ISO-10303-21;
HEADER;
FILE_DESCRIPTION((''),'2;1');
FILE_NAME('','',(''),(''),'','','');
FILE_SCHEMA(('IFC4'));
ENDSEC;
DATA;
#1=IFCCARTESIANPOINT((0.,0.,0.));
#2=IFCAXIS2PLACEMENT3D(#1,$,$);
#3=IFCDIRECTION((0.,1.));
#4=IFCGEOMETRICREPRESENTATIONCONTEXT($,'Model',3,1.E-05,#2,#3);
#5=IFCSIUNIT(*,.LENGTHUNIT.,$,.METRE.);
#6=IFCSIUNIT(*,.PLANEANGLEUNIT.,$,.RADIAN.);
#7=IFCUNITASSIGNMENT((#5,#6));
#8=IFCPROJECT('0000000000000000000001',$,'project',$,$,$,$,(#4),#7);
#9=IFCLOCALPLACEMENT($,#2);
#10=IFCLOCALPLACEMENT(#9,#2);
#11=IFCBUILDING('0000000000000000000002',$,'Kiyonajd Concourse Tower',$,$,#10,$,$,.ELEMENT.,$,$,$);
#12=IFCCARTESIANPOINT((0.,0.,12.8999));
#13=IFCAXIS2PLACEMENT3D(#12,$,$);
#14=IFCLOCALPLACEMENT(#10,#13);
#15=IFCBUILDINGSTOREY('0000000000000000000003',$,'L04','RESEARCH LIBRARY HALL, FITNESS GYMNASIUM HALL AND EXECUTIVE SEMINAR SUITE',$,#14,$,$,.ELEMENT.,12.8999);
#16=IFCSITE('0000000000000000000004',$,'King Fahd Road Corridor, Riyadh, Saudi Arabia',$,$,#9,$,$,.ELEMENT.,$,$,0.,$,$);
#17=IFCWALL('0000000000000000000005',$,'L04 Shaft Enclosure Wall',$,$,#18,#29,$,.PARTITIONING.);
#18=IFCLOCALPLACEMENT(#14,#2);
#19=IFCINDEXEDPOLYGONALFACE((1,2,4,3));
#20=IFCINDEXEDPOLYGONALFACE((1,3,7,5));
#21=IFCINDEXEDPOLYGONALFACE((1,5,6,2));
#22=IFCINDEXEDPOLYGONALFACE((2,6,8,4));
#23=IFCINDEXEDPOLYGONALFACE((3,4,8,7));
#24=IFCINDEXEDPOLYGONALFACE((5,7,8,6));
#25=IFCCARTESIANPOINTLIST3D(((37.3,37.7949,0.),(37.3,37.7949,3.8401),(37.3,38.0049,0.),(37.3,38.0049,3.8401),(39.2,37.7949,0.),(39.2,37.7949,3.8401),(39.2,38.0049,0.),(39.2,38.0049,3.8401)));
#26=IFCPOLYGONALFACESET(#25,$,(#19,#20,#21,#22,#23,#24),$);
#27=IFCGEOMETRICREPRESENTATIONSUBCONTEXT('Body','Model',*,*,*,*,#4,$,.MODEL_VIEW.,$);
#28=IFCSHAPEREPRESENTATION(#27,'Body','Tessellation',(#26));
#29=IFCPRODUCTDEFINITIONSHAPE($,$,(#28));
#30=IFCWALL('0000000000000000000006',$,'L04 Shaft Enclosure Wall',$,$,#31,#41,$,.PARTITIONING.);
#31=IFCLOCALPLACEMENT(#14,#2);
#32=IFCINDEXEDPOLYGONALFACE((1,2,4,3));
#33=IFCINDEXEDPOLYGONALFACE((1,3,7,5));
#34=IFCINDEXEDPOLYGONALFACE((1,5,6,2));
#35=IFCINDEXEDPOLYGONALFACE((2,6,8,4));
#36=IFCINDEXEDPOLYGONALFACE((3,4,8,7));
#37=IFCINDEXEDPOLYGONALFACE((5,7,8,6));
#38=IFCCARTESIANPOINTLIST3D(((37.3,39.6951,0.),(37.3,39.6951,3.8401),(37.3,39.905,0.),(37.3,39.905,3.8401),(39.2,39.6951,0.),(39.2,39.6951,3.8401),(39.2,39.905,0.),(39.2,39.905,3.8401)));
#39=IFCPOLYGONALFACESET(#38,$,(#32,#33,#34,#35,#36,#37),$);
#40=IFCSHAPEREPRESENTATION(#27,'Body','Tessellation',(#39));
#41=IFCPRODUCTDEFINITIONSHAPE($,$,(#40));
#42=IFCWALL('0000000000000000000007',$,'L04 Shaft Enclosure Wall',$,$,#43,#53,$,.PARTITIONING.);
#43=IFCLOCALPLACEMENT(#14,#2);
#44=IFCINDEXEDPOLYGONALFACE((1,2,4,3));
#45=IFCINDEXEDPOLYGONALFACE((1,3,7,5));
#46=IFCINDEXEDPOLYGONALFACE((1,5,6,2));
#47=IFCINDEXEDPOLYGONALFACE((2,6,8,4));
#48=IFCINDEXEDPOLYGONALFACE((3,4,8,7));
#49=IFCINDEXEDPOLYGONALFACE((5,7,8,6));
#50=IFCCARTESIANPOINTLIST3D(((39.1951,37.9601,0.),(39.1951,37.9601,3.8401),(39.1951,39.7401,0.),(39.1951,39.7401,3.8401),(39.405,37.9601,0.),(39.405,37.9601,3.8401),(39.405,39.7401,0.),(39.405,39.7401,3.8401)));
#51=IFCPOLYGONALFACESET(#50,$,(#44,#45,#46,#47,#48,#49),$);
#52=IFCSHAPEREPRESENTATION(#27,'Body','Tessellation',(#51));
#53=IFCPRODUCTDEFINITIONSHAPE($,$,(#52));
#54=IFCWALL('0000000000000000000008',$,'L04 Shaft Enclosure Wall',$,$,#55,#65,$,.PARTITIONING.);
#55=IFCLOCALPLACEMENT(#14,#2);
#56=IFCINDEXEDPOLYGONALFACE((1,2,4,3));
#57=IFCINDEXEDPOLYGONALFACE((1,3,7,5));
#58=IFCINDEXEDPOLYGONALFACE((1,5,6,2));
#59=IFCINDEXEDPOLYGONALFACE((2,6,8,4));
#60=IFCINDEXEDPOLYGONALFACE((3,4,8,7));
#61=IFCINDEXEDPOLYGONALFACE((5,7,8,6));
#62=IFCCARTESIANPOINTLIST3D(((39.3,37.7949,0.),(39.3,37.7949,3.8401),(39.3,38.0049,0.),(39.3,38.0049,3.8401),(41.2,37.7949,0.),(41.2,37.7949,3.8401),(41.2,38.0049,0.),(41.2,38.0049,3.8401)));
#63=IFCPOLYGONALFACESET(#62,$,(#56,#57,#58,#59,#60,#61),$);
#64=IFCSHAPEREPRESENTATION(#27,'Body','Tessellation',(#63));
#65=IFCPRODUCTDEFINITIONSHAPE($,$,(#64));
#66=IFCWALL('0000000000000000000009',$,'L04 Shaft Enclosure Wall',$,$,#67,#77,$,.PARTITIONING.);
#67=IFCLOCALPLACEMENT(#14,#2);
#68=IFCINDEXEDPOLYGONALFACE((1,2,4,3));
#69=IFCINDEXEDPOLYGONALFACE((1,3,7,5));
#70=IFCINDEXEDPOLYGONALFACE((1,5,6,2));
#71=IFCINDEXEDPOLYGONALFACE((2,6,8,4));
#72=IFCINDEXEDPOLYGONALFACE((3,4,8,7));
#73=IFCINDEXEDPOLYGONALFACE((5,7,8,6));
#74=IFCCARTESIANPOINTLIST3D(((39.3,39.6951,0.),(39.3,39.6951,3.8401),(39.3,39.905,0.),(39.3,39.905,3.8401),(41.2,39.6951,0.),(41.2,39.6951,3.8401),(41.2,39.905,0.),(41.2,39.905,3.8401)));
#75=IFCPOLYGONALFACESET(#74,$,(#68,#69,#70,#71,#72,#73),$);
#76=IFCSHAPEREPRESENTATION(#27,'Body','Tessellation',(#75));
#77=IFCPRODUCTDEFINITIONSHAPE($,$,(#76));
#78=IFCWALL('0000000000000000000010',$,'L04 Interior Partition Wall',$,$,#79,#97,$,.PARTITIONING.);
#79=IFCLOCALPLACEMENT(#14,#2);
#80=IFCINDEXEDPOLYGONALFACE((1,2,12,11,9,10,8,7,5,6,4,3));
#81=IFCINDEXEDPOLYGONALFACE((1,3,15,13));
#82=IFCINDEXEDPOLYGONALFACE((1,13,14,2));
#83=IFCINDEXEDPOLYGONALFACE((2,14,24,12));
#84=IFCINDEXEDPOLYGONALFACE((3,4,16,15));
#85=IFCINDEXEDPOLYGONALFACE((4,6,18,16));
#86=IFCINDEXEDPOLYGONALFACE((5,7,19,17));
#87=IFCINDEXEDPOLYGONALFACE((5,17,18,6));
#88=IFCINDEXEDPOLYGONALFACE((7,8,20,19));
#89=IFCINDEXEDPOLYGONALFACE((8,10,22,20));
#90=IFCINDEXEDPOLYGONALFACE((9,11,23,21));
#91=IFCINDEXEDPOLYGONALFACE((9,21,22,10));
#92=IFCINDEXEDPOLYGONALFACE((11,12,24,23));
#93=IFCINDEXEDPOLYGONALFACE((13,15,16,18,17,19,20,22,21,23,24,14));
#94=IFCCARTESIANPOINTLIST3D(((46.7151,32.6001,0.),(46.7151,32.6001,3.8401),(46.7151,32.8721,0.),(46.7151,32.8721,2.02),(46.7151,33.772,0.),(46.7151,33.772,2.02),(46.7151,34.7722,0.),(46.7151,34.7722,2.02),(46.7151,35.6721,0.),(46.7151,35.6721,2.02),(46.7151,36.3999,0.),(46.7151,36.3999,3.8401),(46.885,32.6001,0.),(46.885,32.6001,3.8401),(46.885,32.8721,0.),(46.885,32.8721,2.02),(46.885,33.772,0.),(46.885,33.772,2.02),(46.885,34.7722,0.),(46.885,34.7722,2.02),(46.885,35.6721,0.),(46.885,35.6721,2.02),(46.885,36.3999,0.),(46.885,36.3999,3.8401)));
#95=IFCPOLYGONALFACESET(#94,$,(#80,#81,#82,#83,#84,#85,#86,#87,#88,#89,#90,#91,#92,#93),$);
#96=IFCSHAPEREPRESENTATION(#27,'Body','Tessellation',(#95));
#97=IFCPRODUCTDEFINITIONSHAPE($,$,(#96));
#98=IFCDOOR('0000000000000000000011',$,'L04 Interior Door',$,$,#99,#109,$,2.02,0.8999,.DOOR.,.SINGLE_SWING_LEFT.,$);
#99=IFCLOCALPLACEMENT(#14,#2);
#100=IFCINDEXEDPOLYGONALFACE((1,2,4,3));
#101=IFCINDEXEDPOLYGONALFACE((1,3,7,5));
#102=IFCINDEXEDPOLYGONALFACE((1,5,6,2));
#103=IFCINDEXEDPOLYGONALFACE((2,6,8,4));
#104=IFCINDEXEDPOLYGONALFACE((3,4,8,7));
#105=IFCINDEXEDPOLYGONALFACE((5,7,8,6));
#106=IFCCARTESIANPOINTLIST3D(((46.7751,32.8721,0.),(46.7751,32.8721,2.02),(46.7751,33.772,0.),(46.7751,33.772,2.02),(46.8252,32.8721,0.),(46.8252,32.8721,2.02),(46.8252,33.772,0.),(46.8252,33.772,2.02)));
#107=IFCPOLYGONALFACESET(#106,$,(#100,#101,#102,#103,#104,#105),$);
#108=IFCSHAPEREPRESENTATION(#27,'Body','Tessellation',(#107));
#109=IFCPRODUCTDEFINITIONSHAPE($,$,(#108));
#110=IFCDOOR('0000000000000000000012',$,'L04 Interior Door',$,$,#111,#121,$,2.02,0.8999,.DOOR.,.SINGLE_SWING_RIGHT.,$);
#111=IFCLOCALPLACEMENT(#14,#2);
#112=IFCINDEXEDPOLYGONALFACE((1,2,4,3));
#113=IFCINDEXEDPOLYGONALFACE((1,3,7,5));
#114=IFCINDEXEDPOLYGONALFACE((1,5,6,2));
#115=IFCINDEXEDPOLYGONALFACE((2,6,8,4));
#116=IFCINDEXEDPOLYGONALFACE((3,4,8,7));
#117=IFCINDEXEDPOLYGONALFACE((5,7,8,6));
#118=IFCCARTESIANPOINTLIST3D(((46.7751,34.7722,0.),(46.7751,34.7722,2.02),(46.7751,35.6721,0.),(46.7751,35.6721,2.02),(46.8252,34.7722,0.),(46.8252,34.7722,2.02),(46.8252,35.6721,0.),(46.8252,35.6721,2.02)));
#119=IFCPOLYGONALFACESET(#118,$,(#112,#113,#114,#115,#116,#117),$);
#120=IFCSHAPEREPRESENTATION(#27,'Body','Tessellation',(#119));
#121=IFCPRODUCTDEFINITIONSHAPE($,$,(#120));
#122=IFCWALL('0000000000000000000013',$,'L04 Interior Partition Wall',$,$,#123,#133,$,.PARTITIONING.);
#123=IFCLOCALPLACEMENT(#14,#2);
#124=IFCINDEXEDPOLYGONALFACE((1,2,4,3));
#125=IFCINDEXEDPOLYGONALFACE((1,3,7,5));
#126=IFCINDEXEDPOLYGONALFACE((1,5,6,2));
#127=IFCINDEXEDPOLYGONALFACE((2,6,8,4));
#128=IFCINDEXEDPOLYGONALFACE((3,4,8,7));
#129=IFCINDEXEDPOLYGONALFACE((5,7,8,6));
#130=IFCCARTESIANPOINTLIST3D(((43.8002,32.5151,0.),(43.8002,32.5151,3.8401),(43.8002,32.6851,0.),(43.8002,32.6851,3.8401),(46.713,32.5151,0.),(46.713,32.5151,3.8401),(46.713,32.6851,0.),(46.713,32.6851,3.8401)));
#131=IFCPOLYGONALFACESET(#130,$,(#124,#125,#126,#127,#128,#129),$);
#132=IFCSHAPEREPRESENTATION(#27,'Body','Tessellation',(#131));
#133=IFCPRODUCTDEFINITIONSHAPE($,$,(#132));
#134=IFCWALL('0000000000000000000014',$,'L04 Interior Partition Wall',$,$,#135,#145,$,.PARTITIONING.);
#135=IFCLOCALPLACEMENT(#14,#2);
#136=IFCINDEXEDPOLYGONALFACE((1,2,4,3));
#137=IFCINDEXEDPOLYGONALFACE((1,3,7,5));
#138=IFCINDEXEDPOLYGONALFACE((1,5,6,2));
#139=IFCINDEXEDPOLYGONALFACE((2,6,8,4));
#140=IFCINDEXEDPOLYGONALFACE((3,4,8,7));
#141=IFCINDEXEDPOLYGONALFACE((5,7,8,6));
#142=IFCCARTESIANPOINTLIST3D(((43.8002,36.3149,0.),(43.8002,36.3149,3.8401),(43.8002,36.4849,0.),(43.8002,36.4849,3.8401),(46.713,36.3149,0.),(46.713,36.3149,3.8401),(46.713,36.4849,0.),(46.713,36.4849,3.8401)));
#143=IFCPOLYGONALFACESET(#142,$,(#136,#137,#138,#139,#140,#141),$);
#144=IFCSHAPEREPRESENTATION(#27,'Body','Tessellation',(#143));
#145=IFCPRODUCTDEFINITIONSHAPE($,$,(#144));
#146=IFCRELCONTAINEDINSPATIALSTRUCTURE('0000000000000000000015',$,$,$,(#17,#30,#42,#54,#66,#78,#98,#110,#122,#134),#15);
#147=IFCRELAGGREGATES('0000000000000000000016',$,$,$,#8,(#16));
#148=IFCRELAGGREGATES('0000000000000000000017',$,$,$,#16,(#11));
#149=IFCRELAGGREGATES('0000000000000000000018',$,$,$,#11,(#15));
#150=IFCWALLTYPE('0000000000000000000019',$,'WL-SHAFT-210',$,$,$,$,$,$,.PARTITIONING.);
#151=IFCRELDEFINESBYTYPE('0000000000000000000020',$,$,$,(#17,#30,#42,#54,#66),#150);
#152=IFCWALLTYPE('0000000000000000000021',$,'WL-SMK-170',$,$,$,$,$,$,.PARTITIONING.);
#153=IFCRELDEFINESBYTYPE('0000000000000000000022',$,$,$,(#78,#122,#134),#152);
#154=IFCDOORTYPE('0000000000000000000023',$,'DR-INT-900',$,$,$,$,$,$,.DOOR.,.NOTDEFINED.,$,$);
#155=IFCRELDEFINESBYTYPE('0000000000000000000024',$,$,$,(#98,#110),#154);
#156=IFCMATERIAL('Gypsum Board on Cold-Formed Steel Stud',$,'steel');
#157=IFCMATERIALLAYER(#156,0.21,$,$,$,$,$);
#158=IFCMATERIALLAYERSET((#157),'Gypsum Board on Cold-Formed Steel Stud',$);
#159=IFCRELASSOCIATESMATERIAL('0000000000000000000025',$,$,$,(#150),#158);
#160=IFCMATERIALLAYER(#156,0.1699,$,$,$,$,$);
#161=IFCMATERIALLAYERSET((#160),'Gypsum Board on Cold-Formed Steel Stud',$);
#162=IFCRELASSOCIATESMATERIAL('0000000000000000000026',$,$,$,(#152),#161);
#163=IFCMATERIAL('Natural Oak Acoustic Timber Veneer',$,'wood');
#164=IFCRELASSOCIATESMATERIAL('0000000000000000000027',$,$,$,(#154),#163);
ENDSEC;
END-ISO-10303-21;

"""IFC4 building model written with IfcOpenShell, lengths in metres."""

from ifc_helpers import new_model, si_unit, direction, frame, frame_2d, origin, place, context, subcontext, project, spatial, rectangle, extrude, material, layer, layer_set, type_object, element, fill, save


model = new_model("IFC4")

# Units and contexts
model_context = context("Model", 3, precision=1e-05, world=origin(), true_north=direction((0.0, 1.0)))
body_context = subcontext(model_context, "Body", "Model", "MODEL_VIEW")
ifc_project = project(units=[si_unit("LENGTHUNIT", "METRE"), si_unit("PLANEANGLEUNIT", "RADIAN")], contexts=[model_context])

# Site, building, storey
site_placement = place(None, origin())
site = spatial("IfcSite", under=ifc_project, at=site_placement, Name="King Fahd Road Corridor, Riyadh, Saudi Arabia", CompositionType="ELEMENT", RefElevation=0.0)
building_placement = place(site_placement, origin())
building = spatial("IfcBuilding", under=site, at=building_placement, Name="Kiyonajd Concourse Tower", CompositionType="ELEMENT")
storey_placement = place(building_placement, frame((0.0, 0.0, 12.8999)))
storey = spatial("IfcBuildingStorey", under=building, at=storey_placement, Name="L04", Description="RESEARCH LIBRARY HALL, FITNESS GYMNASIUM HALL AND EXECUTIVE SEMINAR SUITE", CompositionType="ELEMENT", Elevation=12.8999)

# Shared definitions
ifc_material_1 = material(Name="Gypsum Board on Cold-Formed Steel Stud", Category="steel")

# Shared definitions
ifc_layer_1 = layer(ifc_material_1, 0.21)
ifc_layer_set_1 = layer_set([ifc_layer_1], Name="Gypsum Board on Cold-Formed Steel Stud")
wall_type_1 = type_object("IfcWallType", Name="WL-SHAFT-210", PredefinedType="PARTITIONING", material=ifc_layer_set_1)

# Walls
for number, where, z_axis, x_axis, name in (
    (1, (37.3, 37.8999, 0.0), (0.0, 0.0, 1.0), (1.0, 0.0, 0.0), "L04 Shaft Enclosure Wall"),
    (2, (37.3, 39.8, 0.0), (0.0, 0.0, 1.0), (1.0, 0.0, 0.0), "L04 Shaft Enclosure Wall"),
):
    element("IfcWall", number, at=place(storey_placement, frame(where, z_axis=z_axis, x_axis=x_axis)), inside=storey, type_object=wall_type_1, Name=name, PredefinedType="PARTITIONING", context=body_context, shape_type="SweptSolid", body=[
        extrude(rectangle(XDim=1.8999, YDim=0.21, at=frame_2d((0.95, 0.0))), origin(), (0.0, 0.0, 1.0), 3.8401),
    ])
wall_1_placement = place(storey_placement, frame((39.3, 37.96, 0.0), z_axis=(0.0, 0.0, 1.0), x_axis=(0.0, 1.0, 0.0)))
element("IfcWall", 3, at=wall_1_placement, inside=storey, type_object=wall_type_1, Name="L04 Shaft Enclosure Wall", PredefinedType="PARTITIONING", context=body_context, shape_type="SweptSolid", body=[
    extrude(rectangle(XDim=1.78, YDim=0.21, at=frame_2d((0.8901, 0.0))), origin(), (0.0, 0.0, 1.0), 3.8401),
])
for number, where, z_axis, x_axis, name in (
    (4, (39.3, 37.8999, 0.0), (0.0, 0.0, 1.0), (1.0, 0.0, 0.0), "L04 Shaft Enclosure Wall"),
    (5, (39.3, 39.8, 0.0), (0.0, 0.0, 1.0), (1.0, 0.0, 0.0), "L04 Shaft Enclosure Wall"),
):
    element("IfcWall", number, at=place(storey_placement, frame(where, z_axis=z_axis, x_axis=x_axis)), inside=storey, type_object=wall_type_1, Name=name, PredefinedType="PARTITIONING", context=body_context, shape_type="SweptSolid", body=[
        extrude(rectangle(XDim=1.8999, YDim=0.21, at=frame_2d((0.95, 0.0))), origin(), (0.0, 0.0, 1.0), 3.8401),
    ])

# Wall, openings, doors
ifc_layer_2 = layer(ifc_material_1, 0.1699)
ifc_layer_set_2 = layer_set([ifc_layer_2], Name="Gypsum Board on Cold-Formed Steel Stud")
wall_type_2 = type_object("IfcWallType", Name="WL-SMK-170", PredefinedType="PARTITIONING", material=ifc_layer_set_2)
wall_2_placement = place(storey_placement, frame((46.8, 32.6001, 0.0), z_axis=(0.0, 0.0, 1.0), x_axis=(0.0, 1.0, 0.0)))
wall_2 = element("IfcWall", 6, at=wall_2_placement, inside=storey, type_object=wall_type_2, Name="L04 Interior Partition Wall", PredefinedType="PARTITIONING", context=body_context, shape_type="SweptSolid", body=[
    extrude(rectangle(XDim=3.7998, YDim=0.1699, at=frame_2d((1.8999, 0.0))), origin(), (0.0, 0.0, 1.0), 3.8401),
])
opening_1_placement = place(wall_2_placement, frame((0.272, 0.0, 0.0)))
opening_1 = element("IfcOpeningElement", 7, at=opening_1_placement, cuts=wall_2, PredefinedType="OPENING", context=body_context, shape_type="SweptSolid", body=[
    extrude(rectangle(XDim=0.8999, YDim=2.02, at=frame_2d((0.45, 1.01))), frame((0.0, 0.095, 0.0), z_axis=(0.0, -1.0, 0.0), x_axis=(1.0, 0.0, 0.0)), (0.0, 0.0, 1.0), 0.1899),
])
opening_2_placement = place(wall_2_placement, frame((2.1721, 0.0, 0.0)))
opening_2 = element("IfcOpeningElement", 8, at=opening_2_placement, cuts=wall_2, PredefinedType="OPENING", context=body_context, shape_type="SweptSolid", body=[
    extrude(rectangle(XDim=0.8999, YDim=2.02, at=frame_2d((0.45, 1.01))), frame((0.0, 0.095, 0.0), z_axis=(0.0, -1.0, 0.0), x_axis=(1.0, 0.0, 0.0)), (0.0, 0.0, 1.0), 0.1899),
])
ifc_material_2 = material(Name="Natural Oak Acoustic Timber Veneer", Category="wood")
door_type_1 = type_object("IfcDoorType", Name="DR-INT-900", OperationType="NOTDEFINED", PredefinedType="DOOR", material=ifc_material_2)
door_1_placement = place(opening_1_placement, origin())
door_1 = element("IfcDoor", 9, at=door_1_placement, inside=storey, type_object=door_type_1, Name="L04 Interior Door", OperationType="SINGLE_SWING_LEFT", OverallHeight=2.02, OverallWidth=0.8999, PredefinedType="DOOR", context=body_context, shape_type="SweptSolid", body=[
    extrude(rectangle(XDim=0.8999, YDim=2.02, at=frame_2d((0.45, 1.01))), frame((0.0, 0.0249, 0.0), z_axis=(0.0, -1.0, 0.0), x_axis=(1.0, 0.0, 0.0)), (0.0, 0.0, 1.0), 0.05),
])
fill(opening_1, door_1)
door_2_placement = place(opening_2_placement, origin())
door_2 = element("IfcDoor", 10, at=door_2_placement, inside=storey, type_object=door_type_1, Name="L04 Interior Door", OperationType="SINGLE_SWING_RIGHT", OverallHeight=2.02, OverallWidth=0.8999, PredefinedType="DOOR", context=body_context, shape_type="SweptSolid", body=[
    extrude(rectangle(XDim=0.8999, YDim=2.02, at=frame_2d((0.45, 1.01))), frame((0.0, 0.0249, 0.0), z_axis=(0.0, -1.0, 0.0), x_axis=(1.0, 0.0, 0.0)), (0.0, 0.0, 1.0), 0.05),
])
fill(opening_2, door_2)

# Walls
for number, where, z_axis, x_axis, name in (
    (11, (43.8, 32.6001, 0.0), (0.0, 0.0, 1.0), (1.0, 0.0, 0.0), "L04 Interior Partition Wall"),
    (12, (43.8, 36.3999, 0.0), (0.0, 0.0, 1.0), (1.0, 0.0, 0.0), "L04 Interior Partition Wall"),
):
    element("IfcWall", number, at=place(storey_placement, frame(where, z_axis=z_axis, x_axis=x_axis)), inside=storey, type_object=wall_type_2, Name=name, PredefinedType="PARTITIONING", context=body_context, shape_type="SweptSolid", body=[
        extrude(rectangle(XDim=2.9128, YDim=0.1699, at=frame_2d((1.4565, 0.0))), origin(), (0.0, 0.0, 1.0), 3.8401),
    ])

save(model, "model.ifc")
